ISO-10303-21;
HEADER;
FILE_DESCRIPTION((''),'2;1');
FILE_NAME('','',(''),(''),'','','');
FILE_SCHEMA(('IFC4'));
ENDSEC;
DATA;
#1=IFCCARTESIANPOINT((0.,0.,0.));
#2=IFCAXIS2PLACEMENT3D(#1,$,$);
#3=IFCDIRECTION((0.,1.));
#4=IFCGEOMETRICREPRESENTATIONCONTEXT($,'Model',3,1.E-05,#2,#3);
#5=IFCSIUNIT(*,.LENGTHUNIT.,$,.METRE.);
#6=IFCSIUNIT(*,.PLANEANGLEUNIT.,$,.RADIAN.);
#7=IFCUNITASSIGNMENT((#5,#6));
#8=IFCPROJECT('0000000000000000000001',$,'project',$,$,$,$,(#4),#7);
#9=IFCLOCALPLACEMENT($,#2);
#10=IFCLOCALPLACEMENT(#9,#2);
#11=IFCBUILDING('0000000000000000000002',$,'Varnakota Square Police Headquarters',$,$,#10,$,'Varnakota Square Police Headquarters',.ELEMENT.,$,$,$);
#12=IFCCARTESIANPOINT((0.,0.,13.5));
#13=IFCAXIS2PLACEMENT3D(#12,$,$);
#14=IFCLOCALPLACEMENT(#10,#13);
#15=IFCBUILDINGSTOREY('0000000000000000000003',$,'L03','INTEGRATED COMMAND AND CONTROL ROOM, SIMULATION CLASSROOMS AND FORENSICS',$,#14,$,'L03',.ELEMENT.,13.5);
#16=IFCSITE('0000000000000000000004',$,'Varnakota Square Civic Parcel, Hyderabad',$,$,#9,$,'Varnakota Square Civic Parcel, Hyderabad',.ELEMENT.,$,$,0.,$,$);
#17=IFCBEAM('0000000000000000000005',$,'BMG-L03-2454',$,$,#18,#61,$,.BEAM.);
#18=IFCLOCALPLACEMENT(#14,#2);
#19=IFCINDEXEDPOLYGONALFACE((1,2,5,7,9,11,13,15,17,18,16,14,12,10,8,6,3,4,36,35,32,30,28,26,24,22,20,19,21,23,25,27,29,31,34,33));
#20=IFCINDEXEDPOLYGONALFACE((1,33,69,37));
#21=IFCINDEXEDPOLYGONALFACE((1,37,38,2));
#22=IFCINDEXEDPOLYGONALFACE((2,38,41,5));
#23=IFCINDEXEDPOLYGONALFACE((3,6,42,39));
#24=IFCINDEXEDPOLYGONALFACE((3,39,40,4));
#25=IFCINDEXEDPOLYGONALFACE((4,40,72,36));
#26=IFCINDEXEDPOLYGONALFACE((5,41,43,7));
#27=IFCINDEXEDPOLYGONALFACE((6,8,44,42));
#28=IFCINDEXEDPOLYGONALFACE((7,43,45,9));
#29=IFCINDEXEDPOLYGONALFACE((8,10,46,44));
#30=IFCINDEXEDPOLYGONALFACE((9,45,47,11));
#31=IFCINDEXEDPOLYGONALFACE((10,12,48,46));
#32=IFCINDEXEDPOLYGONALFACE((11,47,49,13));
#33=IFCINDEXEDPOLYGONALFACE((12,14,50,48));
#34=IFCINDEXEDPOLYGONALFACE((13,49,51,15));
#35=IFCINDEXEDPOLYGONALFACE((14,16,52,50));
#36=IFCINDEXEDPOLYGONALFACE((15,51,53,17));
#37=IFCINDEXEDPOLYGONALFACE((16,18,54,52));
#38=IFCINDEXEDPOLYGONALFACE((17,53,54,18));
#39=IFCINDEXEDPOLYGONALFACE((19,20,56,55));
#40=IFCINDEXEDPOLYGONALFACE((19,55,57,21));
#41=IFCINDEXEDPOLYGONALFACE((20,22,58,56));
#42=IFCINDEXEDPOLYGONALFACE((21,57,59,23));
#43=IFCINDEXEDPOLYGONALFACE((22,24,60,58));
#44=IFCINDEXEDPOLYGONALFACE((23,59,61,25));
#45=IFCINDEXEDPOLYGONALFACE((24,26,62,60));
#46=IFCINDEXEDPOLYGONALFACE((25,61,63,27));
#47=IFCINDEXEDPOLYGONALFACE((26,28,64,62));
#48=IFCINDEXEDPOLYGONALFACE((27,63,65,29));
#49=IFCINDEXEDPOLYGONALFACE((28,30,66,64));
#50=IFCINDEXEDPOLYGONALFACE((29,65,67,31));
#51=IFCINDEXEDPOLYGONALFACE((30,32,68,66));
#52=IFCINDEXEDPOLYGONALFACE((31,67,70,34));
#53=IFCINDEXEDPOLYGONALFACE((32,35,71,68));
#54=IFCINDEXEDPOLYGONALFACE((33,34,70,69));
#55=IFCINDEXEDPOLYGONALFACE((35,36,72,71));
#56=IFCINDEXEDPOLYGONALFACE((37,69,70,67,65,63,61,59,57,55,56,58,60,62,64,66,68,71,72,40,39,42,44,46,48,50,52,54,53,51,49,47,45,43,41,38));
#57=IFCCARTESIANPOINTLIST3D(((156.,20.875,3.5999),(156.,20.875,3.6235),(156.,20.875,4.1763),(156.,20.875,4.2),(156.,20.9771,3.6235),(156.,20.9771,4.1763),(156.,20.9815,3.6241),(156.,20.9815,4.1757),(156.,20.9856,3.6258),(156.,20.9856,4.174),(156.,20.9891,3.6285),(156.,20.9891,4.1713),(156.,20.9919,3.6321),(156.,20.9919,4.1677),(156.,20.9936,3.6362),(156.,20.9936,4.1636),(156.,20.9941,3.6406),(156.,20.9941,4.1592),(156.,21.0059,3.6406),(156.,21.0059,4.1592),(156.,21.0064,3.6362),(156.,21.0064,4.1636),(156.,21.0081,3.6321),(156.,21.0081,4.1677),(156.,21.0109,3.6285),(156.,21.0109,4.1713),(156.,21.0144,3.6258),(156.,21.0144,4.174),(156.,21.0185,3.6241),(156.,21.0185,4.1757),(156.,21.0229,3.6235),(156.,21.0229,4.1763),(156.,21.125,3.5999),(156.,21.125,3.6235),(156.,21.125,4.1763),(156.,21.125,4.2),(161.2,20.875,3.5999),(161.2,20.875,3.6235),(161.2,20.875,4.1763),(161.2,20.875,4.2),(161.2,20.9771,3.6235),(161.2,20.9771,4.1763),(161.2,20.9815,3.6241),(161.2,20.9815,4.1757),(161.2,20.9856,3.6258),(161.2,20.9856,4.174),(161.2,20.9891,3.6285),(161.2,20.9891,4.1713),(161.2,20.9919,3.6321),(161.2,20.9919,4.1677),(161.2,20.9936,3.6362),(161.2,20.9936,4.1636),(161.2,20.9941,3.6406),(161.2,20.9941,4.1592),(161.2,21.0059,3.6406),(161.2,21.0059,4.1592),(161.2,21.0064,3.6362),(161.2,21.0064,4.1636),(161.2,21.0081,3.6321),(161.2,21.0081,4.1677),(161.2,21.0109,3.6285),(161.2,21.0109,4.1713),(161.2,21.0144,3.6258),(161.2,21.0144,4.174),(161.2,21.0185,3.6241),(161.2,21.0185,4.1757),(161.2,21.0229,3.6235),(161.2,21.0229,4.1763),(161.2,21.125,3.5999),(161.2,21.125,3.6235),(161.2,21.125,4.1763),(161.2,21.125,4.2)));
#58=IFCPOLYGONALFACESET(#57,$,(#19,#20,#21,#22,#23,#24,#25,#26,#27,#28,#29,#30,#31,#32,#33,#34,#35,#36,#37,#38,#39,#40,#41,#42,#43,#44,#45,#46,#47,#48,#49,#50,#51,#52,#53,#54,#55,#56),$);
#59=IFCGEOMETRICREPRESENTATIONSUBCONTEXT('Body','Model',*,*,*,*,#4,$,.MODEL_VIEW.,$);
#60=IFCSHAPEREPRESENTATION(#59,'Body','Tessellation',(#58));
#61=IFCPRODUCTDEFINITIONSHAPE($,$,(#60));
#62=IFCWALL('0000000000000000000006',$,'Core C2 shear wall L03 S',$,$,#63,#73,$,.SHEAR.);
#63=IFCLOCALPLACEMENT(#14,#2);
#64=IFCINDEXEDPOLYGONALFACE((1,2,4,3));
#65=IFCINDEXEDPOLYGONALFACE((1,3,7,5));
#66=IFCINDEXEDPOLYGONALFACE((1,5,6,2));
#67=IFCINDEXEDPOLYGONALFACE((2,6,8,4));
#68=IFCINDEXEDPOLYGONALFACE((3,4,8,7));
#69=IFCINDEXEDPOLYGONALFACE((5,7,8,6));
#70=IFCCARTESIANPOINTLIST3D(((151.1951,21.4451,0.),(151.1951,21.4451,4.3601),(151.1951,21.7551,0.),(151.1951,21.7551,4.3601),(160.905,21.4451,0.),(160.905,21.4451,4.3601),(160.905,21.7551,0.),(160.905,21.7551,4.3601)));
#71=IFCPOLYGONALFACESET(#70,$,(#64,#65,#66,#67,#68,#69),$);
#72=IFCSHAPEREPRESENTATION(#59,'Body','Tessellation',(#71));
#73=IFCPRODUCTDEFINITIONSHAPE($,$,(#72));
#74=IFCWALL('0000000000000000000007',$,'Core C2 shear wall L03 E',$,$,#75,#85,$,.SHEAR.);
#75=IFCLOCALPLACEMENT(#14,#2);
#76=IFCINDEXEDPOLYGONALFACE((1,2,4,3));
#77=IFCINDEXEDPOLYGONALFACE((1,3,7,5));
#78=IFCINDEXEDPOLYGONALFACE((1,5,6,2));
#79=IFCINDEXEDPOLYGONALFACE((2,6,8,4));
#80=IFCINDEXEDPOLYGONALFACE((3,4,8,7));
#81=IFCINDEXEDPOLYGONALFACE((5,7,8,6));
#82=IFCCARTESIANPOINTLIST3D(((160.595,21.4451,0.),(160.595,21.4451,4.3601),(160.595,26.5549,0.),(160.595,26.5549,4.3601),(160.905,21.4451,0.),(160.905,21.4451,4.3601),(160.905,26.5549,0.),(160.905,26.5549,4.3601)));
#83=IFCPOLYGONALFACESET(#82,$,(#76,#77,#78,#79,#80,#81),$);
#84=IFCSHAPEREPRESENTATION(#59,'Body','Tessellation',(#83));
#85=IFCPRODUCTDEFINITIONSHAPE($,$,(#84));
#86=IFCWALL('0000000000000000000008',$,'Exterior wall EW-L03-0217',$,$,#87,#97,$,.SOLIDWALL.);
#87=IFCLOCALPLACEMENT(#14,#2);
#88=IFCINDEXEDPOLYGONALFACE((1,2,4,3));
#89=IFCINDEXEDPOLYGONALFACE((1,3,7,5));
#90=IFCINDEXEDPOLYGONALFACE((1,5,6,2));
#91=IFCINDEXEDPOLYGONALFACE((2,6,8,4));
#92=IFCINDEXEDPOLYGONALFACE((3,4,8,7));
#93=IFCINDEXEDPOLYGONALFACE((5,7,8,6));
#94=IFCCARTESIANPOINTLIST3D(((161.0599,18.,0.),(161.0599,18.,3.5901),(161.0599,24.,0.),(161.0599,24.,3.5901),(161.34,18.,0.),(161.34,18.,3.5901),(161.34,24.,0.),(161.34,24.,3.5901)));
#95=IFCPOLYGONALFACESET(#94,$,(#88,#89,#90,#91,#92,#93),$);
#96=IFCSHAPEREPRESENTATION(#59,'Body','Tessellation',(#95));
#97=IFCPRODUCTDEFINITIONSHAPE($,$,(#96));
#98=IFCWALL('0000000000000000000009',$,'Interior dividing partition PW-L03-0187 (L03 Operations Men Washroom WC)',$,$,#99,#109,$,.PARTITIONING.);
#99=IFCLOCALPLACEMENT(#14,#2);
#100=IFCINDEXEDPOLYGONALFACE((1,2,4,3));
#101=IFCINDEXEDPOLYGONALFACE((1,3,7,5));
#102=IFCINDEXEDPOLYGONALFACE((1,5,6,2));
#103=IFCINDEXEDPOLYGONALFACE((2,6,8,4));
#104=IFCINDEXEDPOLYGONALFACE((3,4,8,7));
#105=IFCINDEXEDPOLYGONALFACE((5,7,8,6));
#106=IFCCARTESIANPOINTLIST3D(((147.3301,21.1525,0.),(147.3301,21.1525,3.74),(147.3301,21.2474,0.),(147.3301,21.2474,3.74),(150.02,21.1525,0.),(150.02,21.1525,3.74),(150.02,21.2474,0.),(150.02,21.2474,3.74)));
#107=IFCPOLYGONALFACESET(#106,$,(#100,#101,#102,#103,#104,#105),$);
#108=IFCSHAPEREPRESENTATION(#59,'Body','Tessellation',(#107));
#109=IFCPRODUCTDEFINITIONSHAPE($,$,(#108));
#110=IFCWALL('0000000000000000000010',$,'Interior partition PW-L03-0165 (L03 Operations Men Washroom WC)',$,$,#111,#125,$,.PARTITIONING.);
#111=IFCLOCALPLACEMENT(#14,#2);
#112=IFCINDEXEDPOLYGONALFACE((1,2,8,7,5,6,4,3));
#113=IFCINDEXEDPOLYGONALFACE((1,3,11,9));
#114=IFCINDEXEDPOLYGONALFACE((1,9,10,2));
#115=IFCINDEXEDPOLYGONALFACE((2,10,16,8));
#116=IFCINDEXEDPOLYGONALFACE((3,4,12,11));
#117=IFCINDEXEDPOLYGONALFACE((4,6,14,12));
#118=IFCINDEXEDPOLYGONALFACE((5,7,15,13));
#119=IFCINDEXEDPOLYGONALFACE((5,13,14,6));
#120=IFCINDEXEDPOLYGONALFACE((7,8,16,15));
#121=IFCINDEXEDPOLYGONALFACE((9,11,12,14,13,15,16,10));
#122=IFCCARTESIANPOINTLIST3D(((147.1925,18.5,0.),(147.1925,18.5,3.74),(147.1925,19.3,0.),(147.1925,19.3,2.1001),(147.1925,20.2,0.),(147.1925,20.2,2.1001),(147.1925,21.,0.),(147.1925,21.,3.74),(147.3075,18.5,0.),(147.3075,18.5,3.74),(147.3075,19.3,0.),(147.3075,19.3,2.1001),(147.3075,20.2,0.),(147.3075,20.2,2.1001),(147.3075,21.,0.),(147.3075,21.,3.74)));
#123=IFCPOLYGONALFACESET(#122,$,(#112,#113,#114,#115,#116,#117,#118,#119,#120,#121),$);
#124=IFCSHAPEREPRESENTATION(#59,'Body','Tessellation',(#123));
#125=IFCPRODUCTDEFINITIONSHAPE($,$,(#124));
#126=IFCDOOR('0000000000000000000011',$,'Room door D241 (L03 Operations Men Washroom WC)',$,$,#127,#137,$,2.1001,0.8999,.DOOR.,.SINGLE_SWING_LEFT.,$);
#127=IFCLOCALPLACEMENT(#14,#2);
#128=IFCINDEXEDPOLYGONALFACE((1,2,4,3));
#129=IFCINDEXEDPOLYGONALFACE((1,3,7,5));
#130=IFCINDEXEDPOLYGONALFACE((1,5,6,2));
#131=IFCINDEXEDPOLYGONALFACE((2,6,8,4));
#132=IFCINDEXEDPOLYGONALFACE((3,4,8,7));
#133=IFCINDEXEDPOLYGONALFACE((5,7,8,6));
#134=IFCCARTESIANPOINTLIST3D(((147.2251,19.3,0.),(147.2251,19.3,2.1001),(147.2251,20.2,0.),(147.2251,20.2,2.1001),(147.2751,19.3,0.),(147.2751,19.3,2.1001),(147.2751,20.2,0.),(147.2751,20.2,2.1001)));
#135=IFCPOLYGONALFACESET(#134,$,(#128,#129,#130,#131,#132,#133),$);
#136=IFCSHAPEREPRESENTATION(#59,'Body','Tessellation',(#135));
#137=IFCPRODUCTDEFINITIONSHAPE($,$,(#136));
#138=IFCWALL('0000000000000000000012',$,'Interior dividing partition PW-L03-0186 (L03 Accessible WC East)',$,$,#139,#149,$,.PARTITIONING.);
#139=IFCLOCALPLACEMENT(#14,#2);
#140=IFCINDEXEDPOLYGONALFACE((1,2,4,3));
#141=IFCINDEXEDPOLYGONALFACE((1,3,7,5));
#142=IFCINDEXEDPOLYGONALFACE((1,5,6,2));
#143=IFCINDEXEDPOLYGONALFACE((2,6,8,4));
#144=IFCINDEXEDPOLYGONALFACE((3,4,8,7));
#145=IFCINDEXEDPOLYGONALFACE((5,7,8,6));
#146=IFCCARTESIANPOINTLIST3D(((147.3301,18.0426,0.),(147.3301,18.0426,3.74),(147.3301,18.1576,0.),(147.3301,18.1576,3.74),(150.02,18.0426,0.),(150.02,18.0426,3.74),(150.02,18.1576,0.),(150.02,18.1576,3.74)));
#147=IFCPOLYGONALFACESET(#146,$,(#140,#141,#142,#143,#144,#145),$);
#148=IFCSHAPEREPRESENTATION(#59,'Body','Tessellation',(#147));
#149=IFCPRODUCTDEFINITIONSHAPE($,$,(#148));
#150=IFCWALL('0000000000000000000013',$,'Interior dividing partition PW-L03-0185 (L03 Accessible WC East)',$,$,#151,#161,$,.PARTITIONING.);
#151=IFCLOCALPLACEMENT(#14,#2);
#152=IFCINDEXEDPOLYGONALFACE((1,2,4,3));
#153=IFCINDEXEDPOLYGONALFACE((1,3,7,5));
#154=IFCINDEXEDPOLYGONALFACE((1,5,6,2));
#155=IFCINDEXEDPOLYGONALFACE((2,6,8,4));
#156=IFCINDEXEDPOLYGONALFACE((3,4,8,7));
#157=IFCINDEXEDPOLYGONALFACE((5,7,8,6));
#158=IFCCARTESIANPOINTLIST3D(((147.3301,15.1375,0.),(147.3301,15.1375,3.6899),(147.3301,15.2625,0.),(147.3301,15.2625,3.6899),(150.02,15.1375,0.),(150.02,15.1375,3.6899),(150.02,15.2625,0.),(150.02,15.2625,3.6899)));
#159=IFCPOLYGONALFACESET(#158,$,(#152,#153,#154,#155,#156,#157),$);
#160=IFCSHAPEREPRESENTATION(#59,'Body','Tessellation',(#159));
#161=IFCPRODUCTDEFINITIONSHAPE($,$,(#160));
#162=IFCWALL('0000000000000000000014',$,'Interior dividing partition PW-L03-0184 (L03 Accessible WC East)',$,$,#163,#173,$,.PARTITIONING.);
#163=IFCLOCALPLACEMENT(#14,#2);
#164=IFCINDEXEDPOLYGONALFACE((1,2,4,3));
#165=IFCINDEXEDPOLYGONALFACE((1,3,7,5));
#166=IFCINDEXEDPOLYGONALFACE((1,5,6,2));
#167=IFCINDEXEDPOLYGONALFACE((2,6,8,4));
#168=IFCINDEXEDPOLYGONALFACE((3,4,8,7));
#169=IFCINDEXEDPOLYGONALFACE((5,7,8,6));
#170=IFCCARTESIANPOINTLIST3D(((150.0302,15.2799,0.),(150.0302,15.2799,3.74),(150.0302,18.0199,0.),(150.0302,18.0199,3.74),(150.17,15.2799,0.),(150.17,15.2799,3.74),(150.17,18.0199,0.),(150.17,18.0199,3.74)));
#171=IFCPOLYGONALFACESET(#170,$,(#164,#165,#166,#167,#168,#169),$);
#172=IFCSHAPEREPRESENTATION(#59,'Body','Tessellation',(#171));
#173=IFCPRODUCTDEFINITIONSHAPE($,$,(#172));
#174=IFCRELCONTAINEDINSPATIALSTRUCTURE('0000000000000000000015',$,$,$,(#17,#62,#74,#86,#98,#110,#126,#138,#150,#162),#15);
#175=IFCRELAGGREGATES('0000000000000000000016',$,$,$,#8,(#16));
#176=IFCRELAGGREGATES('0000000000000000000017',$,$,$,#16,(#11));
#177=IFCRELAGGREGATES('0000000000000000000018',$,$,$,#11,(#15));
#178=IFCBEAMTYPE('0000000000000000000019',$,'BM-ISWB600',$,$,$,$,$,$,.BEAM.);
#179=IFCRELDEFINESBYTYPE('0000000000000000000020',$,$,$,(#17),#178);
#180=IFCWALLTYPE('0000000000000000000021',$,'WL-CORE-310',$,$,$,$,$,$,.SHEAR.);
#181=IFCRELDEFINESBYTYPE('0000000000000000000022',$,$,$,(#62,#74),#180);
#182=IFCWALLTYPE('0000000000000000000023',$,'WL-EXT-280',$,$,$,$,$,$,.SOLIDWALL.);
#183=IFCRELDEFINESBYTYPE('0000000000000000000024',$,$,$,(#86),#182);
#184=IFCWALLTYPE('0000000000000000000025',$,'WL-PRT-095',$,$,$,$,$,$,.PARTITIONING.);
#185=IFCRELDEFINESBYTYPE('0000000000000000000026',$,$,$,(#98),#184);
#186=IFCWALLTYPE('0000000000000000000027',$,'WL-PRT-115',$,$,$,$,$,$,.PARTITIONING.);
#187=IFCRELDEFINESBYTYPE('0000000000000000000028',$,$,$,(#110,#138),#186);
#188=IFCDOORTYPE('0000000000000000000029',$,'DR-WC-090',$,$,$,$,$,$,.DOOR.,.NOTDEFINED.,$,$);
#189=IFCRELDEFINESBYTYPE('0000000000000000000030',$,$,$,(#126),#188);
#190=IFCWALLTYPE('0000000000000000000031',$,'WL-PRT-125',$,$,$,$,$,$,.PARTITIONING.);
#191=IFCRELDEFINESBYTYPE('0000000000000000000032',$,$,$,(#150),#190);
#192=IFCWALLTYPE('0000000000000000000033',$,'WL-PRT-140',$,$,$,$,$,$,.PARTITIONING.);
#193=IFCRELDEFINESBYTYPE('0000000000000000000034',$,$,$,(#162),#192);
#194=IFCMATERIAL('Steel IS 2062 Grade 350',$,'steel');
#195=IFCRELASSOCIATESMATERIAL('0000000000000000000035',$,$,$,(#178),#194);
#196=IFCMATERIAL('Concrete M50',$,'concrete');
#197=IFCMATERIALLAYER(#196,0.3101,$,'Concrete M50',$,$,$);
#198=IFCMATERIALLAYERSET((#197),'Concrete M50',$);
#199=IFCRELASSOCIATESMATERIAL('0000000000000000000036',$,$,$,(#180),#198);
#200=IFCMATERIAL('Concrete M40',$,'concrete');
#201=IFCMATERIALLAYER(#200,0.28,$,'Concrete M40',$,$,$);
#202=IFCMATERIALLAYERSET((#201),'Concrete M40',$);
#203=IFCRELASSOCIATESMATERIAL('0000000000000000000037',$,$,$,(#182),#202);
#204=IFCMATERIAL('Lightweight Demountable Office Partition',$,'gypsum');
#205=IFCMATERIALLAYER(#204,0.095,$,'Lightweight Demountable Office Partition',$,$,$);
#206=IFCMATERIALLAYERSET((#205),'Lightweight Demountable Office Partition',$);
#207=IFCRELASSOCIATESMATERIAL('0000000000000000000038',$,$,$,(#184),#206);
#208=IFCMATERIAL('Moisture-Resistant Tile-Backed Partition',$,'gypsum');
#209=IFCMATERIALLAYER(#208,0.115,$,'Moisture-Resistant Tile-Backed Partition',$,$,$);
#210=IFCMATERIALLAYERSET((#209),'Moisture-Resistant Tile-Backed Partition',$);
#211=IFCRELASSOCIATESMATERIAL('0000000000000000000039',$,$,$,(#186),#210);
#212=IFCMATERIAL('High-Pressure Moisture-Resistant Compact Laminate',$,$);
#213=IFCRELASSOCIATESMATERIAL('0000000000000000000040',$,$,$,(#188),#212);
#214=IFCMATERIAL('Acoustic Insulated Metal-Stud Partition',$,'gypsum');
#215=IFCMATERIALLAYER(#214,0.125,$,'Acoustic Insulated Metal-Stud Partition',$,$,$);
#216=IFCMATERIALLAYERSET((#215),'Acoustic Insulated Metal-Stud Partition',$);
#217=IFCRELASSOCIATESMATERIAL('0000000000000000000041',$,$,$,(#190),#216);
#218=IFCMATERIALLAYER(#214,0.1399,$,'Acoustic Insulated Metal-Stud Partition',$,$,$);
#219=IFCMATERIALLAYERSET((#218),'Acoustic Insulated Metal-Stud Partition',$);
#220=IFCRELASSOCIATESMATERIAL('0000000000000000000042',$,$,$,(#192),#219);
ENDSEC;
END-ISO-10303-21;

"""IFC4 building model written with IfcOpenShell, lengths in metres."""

from ifc_helpers import new_model, si_unit, direction, frame, frame_2d, origin, origin_2d, place, context, subcontext, project, spatial, rectangle, i_section, extrude, material, layer, layer_set, material_profile, profile_set, type_object, element, fill, save


model = new_model("IFC4")

# Units and contexts
model_context = context("Model", 3, precision=1e-05, world=origin(), true_north=direction((0.0, 1.0)))
body_context = subcontext(model_context, "Body", "Model", "MODEL_VIEW")
ifc_project = project(units=[si_unit("LENGTHUNIT", "METRE"), si_unit("PLANEANGLEUNIT", "RADIAN")], contexts=[model_context])

# Site, building, storey
site_placement = place(None, origin())
site = spatial("IfcSite", under=ifc_project, at=site_placement, Name="Varnakota Square Civic Parcel, Hyderabad", LongName="Varnakota Square Civic Parcel, Hyderabad", CompositionType="ELEMENT", RefElevation=0.0)
building_placement = place(site_placement, origin())
building = spatial("IfcBuilding", under=site, at=building_placement, Name="Varnakota Square Police Headquarters", LongName="Varnakota Square Police Headquarters", CompositionType="ELEMENT")
storey_placement = place(building_placement, frame((0.0, 0.0, 13.5)))
storey = spatial("IfcBuildingStorey", under=building, at=storey_placement, Name="L03", Description="INTEGRATED COMMAND AND CONTROL ROOM, SIMULATION CLASSROOMS AND FORENSICS", LongName="L03", CompositionType="ELEMENT", Elevation=13.5)

# Shared definitions
ifc_material_1 = material(Name="Steel IS 2062 Grade 350", Category="steel")

# Beam
ifc_material_profile_1 = material_profile(ifc_material_1, i_section(OverallWidth=0.25, OverallDepth=0.6001, WebThickness=0.0117, FlangeThickness=0.0237, FilletRadius=0.0171, at=origin_2d()), Name="ISWB 600")
ifc_profile_set_1 = profile_set([ifc_material_profile_1], Name="Steel IS 2062 Grade 350")
beam_type_1 = type_object("IfcBeamType", Name="BM-ISWB600", PredefinedType="BEAM", material=ifc_profile_set_1)
beam_1_placement = place(storey_placement, frame((156.0, 21.0, 3.8999), z_axis=(1.0, 0.0, 0.0), x_axis=(0.0, 1.0, 0.0)))
element("IfcBeam", 1, at=beam_1_placement, inside=storey, type_object=beam_type_1, Name="BMG-L03-2454", PredefinedType="BEAM", context=body_context, shape_type="SweptSolid", body=[
    extrude(i_section(OverallWidth=0.25, OverallDepth=0.6001, WebThickness=0.0117, FlangeThickness=0.0237, FilletRadius=0.0171, at=origin_2d()), origin(), (0.0, 0.0, 1.0), 5.2),
])

# Walls
ifc_material_2 = material(Name="Concrete M50", Category="concrete")
ifc_layer_1 = layer(ifc_material_2, 0.3101, Name="Concrete M50")
ifc_layer_set_1 = layer_set([ifc_layer_1], Name="Concrete M50")
wall_type_1 = type_object("IfcWallType", Name="WL-CORE-310", PredefinedType="SHEAR", material=ifc_layer_set_1)
wall_1_placement = place(storey_placement, frame((151.1951, 21.6001, 0.0), z_axis=(0.0, 0.0, 1.0), x_axis=(1.0, 0.0, 0.0)))
element("IfcWall", 2, at=wall_1_placement, inside=storey, type_object=wall_type_1, Name="Core C2 shear wall L03 S", PredefinedType="SHEAR", context=body_context, shape_type="SweptSolid", body=[
    extrude(rectangle(XDim=9.71, YDim=0.3101, at=frame_2d((4.855, 0.0))), origin(), (0.0, 0.0, 1.0), 4.3601),
])
wall_2_placement = place(storey_placement, frame((160.75, 21.4451, 0.0), z_axis=(0.0, 0.0, 1.0), x_axis=(0.0, 1.0, 0.0)))
element("IfcWall", 3, at=wall_2_placement, inside=storey, type_object=wall_type_1, Name="Core C2 shear wall L03 E", PredefinedType="SHEAR", context=body_context, shape_type="SweptSolid", body=[
    extrude(rectangle(XDim=5.1099, YDim=0.3101, at=frame_2d((2.5549, 0.0))), origin(), (0.0, 0.0, 1.0), 4.3601),
])
ifc_material_3 = material(Name="Concrete M40", Category="concrete")
ifc_layer_2 = layer(ifc_material_3, 0.28, Name="Concrete M40")
ifc_layer_set_2 = layer_set([ifc_layer_2], Name="Concrete M40")
wall_type_2 = type_object("IfcWallType", Name="WL-EXT-280", PredefinedType="SOLIDWALL", material=ifc_layer_set_2)
wall_3_placement = place(storey_placement, frame((161.2, 18.0, 0.0), z_axis=(0.0, 0.0, 1.0), x_axis=(0.0, 1.0, 0.0)))
element("IfcWall", 4, at=wall_3_placement, inside=storey, type_object=wall_type_2, Name="Exterior wall EW-L03-0217", PredefinedType="SOLIDWALL", context=body_context, shape_type="SweptSolid", body=[
    extrude(rectangle(XDim=6.0, YDim=0.28, at=frame_2d((3.0, 0.0))), origin(), (0.0, 0.0, 1.0), 3.5901),
])
ifc_material_4 = material(Name="Lightweight Demountable Office Partition", Category="gypsum")
ifc_layer_3 = layer(ifc_material_4, 0.095, Name="Lightweight Demountable Office Partition")
ifc_layer_set_3 = layer_set([ifc_layer_3], Name="Lightweight Demountable Office Partition")
wall_type_3 = type_object("IfcWallType", Name="WL-PRT-095", PredefinedType="PARTITIONING", material=ifc_layer_set_3)
wall_4_placement = place(storey_placement, frame((147.3301, 21.2, 0.0), z_axis=(0.0, 0.0, 1.0), x_axis=(1.0, 0.0, 0.0)))
element("IfcWall", 5, at=wall_4_placement, inside=storey, type_object=wall_type_3, Name="Interior dividing partition PW-L03-0187 (L03 Operations Men Washroom WC)", PredefinedType="PARTITIONING", context=body_context, shape_type="SweptSolid", body=[
    extrude(rectangle(XDim=2.6899, YDim=0.095, at=frame_2d((1.345, 0.0))), origin(), (0.0, 0.0, 1.0), 3.74),
])

# Wall, opening, door
ifc_material_5 = material(Name="Moisture-Resistant Tile-Backed Partition", Category="gypsum")
ifc_layer_4 = layer(ifc_material_5, 0.115, Name="Moisture-Resistant Tile-Backed Partition")
ifc_layer_set_4 = layer_set([ifc_layer_4], Name="Moisture-Resistant Tile-Backed Partition")
wall_type_4 = type_object("IfcWallType", Name="WL-PRT-115", PredefinedType="PARTITIONING", material=ifc_layer_set_4)
wall_5_placement = place(storey_placement, frame((147.25, 18.5, 0.0), z_axis=(0.0, 0.0, 1.0), x_axis=(0.0, 1.0, 0.0)))
wall_5 = element("IfcWall", 6, at=wall_5_placement, inside=storey, type_object=wall_type_4, Name="Interior partition PW-L03-0165 (L03 Operations Men Washroom WC)", PredefinedType="PARTITIONING", context=body_context, shape_type="SweptSolid", body=[
    extrude(rectangle(XDim=2.5, YDim=0.115, at=frame_2d((1.25, 0.0))), origin(), (0.0, 0.0, 1.0), 3.74),
])
opening_1_placement = place(wall_5_placement, frame((0.8, 0.0, 0.0)))
opening_1 = element("IfcOpeningElement", 7, at=opening_1_placement, cuts=wall_5, PredefinedType="OPENING", context=body_context, shape_type="SweptSolid", body=[
    extrude(rectangle(XDim=0.8999, YDim=2.1001, at=frame_2d((0.45, 1.05))), frame((0.0, 0.0674, 0.0), z_axis=(0.0, -1.0, 0.0), x_axis=(1.0, 0.0, 0.0)), (0.0, 0.0, 1.0), 0.135),
])
ifc_material_6 = material(Name="High-Pressure Moisture-Resistant Compact Laminate")
door_type_1 = type_object("IfcDoorType", Name="DR-WC-090", OperationType="NOTDEFINED", PredefinedType="DOOR", material=ifc_material_6)
door_1_placement = place(opening_1_placement, origin())
door_1 = element("IfcDoor", 8, at=door_1_placement, inside=storey, type_object=door_type_1, Name="Room door D241 (L03 Operations Men Washroom WC)", OperationType="SINGLE_SWING_LEFT", OverallHeight=2.1001, OverallWidth=0.8999, PredefinedType="DOOR", context=body_context, shape_type="SweptSolid", body=[
    extrude(rectangle(XDim=0.8999, YDim=2.1001, at=frame_2d((0.45, 1.05))), frame((0.0, 0.0249, 0.0), z_axis=(0.0, -1.0, 0.0), x_axis=(1.0, 0.0, 0.0)), (0.0, 0.0, 1.0), 0.05),
])
fill(opening_1, door_1)

# Walls
wall_6_placement = place(storey_placement, frame((147.3301, 18.1001, 0.0), z_axis=(0.0, 0.0, 1.0), x_axis=(1.0, 0.0, 0.0)))
element("IfcWall", 9, at=wall_6_placement, inside=storey, type_object=wall_type_4, Name="Interior dividing partition PW-L03-0186 (L03 Accessible WC East)", PredefinedType="PARTITIONING", context=body_context, shape_type="SweptSolid", body=[
    extrude(rectangle(XDim=2.6899, YDim=0.115, at=frame_2d((1.345, 0.0))), origin(), (0.0, 0.0, 1.0), 3.74),
])
ifc_material_7 = material(Name="Acoustic Insulated Metal-Stud Partition", Category="gypsum")
ifc_layer_5 = layer(ifc_material_7, 0.125, Name="Acoustic Insulated Metal-Stud Partition")
ifc_layer_set_5 = layer_set([ifc_layer_5], Name="Acoustic Insulated Metal-Stud Partition")
wall_type_5 = type_object("IfcWallType", Name="WL-PRT-125", PredefinedType="PARTITIONING", material=ifc_layer_set_5)
wall_7_placement = place(storey_placement, frame((150.02, 15.2, 0.0), z_axis=(0.0, 0.0, 1.0), x_axis=(-1.0, 0.0, 0.0)))
element("IfcWall", 10, at=wall_7_placement, inside=storey, type_object=wall_type_5, Name="Interior dividing partition PW-L03-0185 (L03 Accessible WC East)", PredefinedType="PARTITIONING", context=body_context, shape_type="SweptSolid", body=[
    extrude(rectangle(XDim=2.6899, YDim=0.125, at=frame_2d((1.345, 0.0))), origin(), (0.0, 0.0, 1.0), 3.6899),
])
ifc_layer_6 = layer(ifc_material_7, 0.1399, Name="Acoustic Insulated Metal-Stud Partition")
ifc_layer_set_6 = layer_set([ifc_layer_6], Name="Acoustic Insulated Metal-Stud Partition")
wall_type_6 = type_object("IfcWallType", Name="WL-PRT-140", PredefinedType="PARTITIONING", material=ifc_layer_set_6)
wall_8_placement = place(storey_placement, frame((150.1001, 18.02, 0.0), z_axis=(0.0, 0.0, 1.0), x_axis=(0.0, -1.0, 0.0)))
element("IfcWall", 11, at=wall_8_placement, inside=storey, type_object=wall_type_6, Name="Interior dividing partition PW-L03-0184 (L03 Accessible WC East)", PredefinedType="PARTITIONING", context=body_context, shape_type="SweptSolid", body=[
    extrude(rectangle(XDim=2.74, YDim=0.1399, at=frame_2d((1.3701, 0.0))), origin(), (0.0, 0.0, 1.0), 3.74),
])

save(model, "model.ifc")
